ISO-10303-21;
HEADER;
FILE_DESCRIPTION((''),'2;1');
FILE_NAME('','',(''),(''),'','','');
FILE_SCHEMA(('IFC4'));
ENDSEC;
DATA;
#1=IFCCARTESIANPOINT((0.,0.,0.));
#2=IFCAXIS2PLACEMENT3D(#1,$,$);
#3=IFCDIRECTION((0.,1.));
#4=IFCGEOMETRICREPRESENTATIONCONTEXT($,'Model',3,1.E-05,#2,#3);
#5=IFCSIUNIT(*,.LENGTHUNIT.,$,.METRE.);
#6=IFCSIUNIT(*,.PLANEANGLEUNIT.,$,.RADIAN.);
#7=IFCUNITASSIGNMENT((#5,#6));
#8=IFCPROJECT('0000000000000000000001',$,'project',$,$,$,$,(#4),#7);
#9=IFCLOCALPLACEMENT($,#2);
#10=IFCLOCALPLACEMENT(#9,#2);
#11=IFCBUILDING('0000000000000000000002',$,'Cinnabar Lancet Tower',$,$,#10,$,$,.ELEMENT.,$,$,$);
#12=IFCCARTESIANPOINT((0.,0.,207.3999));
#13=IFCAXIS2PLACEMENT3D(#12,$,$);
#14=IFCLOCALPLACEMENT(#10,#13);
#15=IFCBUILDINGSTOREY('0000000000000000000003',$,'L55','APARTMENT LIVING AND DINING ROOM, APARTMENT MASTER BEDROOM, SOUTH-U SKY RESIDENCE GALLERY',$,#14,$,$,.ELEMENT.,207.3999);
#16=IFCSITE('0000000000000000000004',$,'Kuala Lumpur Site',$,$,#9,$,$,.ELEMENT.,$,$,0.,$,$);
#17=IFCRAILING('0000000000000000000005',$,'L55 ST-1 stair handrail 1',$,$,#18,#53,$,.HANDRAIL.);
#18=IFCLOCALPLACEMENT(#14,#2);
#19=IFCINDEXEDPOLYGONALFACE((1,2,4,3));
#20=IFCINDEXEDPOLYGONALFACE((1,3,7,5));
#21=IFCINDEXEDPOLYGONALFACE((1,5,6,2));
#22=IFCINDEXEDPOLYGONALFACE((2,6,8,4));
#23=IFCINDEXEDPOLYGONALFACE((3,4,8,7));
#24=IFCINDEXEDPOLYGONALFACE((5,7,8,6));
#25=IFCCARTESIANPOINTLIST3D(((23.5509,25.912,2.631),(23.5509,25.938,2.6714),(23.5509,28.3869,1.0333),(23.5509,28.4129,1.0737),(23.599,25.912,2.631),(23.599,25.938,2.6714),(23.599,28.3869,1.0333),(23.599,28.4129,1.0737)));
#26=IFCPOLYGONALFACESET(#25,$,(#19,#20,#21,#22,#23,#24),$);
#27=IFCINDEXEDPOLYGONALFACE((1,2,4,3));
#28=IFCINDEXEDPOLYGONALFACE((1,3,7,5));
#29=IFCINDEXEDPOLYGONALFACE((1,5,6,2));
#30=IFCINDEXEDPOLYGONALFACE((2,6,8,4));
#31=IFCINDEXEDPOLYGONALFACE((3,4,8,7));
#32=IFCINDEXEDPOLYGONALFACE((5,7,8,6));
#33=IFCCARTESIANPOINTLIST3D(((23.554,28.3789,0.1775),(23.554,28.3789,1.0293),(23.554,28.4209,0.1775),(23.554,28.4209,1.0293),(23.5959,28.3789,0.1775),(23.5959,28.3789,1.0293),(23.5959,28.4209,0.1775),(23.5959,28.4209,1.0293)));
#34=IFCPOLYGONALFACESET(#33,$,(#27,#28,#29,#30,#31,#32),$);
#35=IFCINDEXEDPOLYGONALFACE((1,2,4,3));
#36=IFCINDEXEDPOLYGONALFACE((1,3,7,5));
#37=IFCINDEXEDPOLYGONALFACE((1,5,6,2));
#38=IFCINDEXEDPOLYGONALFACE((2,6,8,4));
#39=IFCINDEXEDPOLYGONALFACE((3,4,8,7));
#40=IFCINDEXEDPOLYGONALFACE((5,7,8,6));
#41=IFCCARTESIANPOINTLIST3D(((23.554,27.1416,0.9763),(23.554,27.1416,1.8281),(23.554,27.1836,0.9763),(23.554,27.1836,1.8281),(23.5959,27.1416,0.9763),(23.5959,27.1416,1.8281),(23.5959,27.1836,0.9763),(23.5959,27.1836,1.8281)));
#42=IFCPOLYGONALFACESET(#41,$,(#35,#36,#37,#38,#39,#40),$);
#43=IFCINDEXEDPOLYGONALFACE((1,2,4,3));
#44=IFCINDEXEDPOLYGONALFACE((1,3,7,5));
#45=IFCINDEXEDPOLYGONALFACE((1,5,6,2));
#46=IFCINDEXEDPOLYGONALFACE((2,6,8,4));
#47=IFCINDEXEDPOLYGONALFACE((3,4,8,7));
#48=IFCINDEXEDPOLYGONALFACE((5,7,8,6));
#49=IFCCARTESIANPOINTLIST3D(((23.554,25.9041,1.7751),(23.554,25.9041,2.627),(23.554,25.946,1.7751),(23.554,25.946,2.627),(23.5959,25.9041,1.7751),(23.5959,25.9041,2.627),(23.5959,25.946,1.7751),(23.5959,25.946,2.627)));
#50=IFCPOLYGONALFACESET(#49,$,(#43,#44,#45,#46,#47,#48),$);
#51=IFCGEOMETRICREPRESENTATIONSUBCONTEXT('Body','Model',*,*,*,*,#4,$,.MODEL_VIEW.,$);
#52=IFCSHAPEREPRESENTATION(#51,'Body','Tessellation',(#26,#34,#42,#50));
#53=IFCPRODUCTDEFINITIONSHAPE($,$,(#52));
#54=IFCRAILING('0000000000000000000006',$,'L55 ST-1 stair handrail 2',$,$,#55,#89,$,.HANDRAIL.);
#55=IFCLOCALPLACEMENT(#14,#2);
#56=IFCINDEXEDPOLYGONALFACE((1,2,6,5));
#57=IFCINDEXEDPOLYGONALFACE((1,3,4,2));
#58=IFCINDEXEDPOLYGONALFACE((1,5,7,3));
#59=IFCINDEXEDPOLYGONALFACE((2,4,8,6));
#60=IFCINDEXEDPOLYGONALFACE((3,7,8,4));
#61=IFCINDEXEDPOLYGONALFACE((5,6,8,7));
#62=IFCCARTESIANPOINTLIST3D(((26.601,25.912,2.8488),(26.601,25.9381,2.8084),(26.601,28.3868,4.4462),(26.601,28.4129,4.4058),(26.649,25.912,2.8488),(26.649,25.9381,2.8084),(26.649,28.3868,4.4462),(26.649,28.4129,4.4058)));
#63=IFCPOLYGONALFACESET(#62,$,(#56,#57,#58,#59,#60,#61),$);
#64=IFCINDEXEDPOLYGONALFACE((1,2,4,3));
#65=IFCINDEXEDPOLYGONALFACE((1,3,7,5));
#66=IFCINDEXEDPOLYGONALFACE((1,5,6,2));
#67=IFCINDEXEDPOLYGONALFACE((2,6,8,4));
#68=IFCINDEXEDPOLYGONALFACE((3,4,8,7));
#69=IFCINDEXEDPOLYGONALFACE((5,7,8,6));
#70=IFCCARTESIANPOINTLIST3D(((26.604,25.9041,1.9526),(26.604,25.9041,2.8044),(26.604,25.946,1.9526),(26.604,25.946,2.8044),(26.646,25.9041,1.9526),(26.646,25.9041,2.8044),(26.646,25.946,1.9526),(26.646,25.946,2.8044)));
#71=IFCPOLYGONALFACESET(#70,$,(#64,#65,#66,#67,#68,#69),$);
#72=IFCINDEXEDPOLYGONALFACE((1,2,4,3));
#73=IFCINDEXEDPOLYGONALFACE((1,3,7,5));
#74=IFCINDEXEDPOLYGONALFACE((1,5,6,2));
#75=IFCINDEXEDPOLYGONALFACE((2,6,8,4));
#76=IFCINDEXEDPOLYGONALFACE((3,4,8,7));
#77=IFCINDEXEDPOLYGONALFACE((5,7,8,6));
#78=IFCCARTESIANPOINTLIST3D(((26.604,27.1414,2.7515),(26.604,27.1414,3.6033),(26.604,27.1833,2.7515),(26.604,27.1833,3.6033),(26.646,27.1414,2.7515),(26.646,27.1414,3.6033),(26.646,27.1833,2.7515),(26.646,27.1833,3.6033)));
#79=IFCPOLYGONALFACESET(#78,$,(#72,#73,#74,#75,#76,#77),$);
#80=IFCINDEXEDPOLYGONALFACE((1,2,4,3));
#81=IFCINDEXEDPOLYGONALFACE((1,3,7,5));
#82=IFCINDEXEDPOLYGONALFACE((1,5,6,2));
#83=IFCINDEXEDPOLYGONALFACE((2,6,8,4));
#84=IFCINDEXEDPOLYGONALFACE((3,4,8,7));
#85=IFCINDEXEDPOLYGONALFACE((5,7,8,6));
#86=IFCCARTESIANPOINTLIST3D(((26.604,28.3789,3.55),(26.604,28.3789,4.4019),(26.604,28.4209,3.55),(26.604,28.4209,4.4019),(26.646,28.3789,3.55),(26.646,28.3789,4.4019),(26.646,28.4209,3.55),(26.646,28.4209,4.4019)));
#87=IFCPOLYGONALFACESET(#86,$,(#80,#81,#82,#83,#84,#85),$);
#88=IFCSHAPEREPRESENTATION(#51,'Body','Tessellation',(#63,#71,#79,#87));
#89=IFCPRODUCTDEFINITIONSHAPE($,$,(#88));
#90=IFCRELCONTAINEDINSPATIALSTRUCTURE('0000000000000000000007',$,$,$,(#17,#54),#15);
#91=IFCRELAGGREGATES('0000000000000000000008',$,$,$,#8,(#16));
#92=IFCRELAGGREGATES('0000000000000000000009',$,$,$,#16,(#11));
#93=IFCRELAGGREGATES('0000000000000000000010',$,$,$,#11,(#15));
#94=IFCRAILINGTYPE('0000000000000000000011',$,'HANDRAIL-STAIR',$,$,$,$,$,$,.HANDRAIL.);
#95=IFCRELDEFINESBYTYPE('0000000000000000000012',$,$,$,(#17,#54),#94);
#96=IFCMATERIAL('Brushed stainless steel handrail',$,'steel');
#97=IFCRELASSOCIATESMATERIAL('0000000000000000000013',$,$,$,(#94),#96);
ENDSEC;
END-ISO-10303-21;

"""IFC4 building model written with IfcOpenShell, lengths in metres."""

from ifc_helpers import new_model, si_unit, direction, frame, origin, origin_2d, place, context, subcontext, project, spatial, rectangle, extrude, material, type_object, element, save


model = new_model("IFC4")

# Units and contexts
model_context = context("Model", 3, precision=1e-05, world=origin(), true_north=direction((0.0, 1.0)))
body_context = subcontext(model_context, "Body", "Model", "MODEL_VIEW")
ifc_project = project(units=[si_unit("LENGTHUNIT", "METRE"), si_unit("PLANEANGLEUNIT", "RADIAN")], contexts=[model_context])

# Site, building, storey
site_placement = place(None, origin())
site = spatial("IfcSite", under=ifc_project, at=site_placement, Name="Kuala Lumpur Site", CompositionType="ELEMENT", RefElevation=0.0)
building_placement = place(site_placement, origin())
building = spatial("IfcBuilding", under=site, at=building_placement, Name="Cinnabar Lancet Tower", CompositionType="ELEMENT")
storey_placement = place(building_placement, frame((0.0, 0.0, 207.3999)))
storey = spatial("IfcBuildingStorey", under=building, at=storey_placement, Name="L55", Description="APARTMENT LIVING AND DINING ROOM, APARTMENT MASTER BEDROOM, SOUTH-U SKY RESIDENCE GALLERY", CompositionType="ELEMENT", Elevation=207.3999)

# Railings
ifc_material_1 = material(Name="Brushed stainless steel handrail", Category="steel")
railing_type_1 = type_object("IfcRailingType", Name="HANDRAIL-STAIR", PredefinedType="HANDRAIL", material=ifc_material_1)
railing_1_placement = place(storey_placement, frame((23.575, 28.3999, 0.1775)))
element("IfcRailing", 1, at=railing_1_placement, inside=storey, type_object=railing_type_1, Name="L55 ST-1 stair handrail 1", PredefinedType="HANDRAIL", context=body_context, shape_type="SweptSolid", body=[
    extrude(rectangle(XDim=0.0481, YDim=0.0481, at=origin_2d()), frame((0.0, 0.0, 0.876), z_axis=(0.0, -0.840146, 0.542361), x_axis=(1.0, 0.0, 0.0)), (0.0, 0.0, 1.0), 2.9458),
    extrude(rectangle(XDim=0.042, YDim=0.042, at=origin_2d()), origin(), (0.0, 0.0, 1.0), 0.8518),
    extrude(rectangle(XDim=0.042, YDim=0.042, at=origin_2d()), frame((0.0, -1.2373, 0.7988)), (0.0, 0.0, 1.0), 0.8518),
    extrude(rectangle(XDim=0.042, YDim=0.042, at=origin_2d()), frame((0.0, -2.4749, 1.5977)), (0.0, 0.0, 1.0), 0.8518),
])
railing_2_placement = place(storey_placement, frame((26.625, 25.925, 1.9526)))
element("IfcRailing", 2, at=railing_2_placement, inside=storey, type_object=railing_type_1, Name="L55 ST-1 stair handrail 2", PredefinedType="HANDRAIL", context=body_context, shape_type="SweptSolid", body=[
    extrude(rectangle(XDim=0.0481, YDim=0.0481, at=origin_2d()), frame((0.0, 0.0, 0.876), z_axis=(0.0, 0.840183, 0.542302), x_axis=(-1.0, 0.0, 0.0)), (0.0, 0.0, 1.0), 2.9456),
    extrude(rectangle(XDim=0.042, YDim=0.042, at=origin_2d()), origin(), (0.0, 0.0, 1.0), 0.8518),
    extrude(rectangle(XDim=0.042, YDim=0.042, at=origin_2d()), frame((0.0, 1.2373, 0.7988)), (0.0, 0.0, 1.0), 0.8518),
    extrude(rectangle(XDim=0.042, YDim=0.042, at=origin_2d()), frame((0.0, 2.4749, 1.5974)), (0.0, 0.0, 1.0), 0.8518),
])

save(model, "model.ifc")
